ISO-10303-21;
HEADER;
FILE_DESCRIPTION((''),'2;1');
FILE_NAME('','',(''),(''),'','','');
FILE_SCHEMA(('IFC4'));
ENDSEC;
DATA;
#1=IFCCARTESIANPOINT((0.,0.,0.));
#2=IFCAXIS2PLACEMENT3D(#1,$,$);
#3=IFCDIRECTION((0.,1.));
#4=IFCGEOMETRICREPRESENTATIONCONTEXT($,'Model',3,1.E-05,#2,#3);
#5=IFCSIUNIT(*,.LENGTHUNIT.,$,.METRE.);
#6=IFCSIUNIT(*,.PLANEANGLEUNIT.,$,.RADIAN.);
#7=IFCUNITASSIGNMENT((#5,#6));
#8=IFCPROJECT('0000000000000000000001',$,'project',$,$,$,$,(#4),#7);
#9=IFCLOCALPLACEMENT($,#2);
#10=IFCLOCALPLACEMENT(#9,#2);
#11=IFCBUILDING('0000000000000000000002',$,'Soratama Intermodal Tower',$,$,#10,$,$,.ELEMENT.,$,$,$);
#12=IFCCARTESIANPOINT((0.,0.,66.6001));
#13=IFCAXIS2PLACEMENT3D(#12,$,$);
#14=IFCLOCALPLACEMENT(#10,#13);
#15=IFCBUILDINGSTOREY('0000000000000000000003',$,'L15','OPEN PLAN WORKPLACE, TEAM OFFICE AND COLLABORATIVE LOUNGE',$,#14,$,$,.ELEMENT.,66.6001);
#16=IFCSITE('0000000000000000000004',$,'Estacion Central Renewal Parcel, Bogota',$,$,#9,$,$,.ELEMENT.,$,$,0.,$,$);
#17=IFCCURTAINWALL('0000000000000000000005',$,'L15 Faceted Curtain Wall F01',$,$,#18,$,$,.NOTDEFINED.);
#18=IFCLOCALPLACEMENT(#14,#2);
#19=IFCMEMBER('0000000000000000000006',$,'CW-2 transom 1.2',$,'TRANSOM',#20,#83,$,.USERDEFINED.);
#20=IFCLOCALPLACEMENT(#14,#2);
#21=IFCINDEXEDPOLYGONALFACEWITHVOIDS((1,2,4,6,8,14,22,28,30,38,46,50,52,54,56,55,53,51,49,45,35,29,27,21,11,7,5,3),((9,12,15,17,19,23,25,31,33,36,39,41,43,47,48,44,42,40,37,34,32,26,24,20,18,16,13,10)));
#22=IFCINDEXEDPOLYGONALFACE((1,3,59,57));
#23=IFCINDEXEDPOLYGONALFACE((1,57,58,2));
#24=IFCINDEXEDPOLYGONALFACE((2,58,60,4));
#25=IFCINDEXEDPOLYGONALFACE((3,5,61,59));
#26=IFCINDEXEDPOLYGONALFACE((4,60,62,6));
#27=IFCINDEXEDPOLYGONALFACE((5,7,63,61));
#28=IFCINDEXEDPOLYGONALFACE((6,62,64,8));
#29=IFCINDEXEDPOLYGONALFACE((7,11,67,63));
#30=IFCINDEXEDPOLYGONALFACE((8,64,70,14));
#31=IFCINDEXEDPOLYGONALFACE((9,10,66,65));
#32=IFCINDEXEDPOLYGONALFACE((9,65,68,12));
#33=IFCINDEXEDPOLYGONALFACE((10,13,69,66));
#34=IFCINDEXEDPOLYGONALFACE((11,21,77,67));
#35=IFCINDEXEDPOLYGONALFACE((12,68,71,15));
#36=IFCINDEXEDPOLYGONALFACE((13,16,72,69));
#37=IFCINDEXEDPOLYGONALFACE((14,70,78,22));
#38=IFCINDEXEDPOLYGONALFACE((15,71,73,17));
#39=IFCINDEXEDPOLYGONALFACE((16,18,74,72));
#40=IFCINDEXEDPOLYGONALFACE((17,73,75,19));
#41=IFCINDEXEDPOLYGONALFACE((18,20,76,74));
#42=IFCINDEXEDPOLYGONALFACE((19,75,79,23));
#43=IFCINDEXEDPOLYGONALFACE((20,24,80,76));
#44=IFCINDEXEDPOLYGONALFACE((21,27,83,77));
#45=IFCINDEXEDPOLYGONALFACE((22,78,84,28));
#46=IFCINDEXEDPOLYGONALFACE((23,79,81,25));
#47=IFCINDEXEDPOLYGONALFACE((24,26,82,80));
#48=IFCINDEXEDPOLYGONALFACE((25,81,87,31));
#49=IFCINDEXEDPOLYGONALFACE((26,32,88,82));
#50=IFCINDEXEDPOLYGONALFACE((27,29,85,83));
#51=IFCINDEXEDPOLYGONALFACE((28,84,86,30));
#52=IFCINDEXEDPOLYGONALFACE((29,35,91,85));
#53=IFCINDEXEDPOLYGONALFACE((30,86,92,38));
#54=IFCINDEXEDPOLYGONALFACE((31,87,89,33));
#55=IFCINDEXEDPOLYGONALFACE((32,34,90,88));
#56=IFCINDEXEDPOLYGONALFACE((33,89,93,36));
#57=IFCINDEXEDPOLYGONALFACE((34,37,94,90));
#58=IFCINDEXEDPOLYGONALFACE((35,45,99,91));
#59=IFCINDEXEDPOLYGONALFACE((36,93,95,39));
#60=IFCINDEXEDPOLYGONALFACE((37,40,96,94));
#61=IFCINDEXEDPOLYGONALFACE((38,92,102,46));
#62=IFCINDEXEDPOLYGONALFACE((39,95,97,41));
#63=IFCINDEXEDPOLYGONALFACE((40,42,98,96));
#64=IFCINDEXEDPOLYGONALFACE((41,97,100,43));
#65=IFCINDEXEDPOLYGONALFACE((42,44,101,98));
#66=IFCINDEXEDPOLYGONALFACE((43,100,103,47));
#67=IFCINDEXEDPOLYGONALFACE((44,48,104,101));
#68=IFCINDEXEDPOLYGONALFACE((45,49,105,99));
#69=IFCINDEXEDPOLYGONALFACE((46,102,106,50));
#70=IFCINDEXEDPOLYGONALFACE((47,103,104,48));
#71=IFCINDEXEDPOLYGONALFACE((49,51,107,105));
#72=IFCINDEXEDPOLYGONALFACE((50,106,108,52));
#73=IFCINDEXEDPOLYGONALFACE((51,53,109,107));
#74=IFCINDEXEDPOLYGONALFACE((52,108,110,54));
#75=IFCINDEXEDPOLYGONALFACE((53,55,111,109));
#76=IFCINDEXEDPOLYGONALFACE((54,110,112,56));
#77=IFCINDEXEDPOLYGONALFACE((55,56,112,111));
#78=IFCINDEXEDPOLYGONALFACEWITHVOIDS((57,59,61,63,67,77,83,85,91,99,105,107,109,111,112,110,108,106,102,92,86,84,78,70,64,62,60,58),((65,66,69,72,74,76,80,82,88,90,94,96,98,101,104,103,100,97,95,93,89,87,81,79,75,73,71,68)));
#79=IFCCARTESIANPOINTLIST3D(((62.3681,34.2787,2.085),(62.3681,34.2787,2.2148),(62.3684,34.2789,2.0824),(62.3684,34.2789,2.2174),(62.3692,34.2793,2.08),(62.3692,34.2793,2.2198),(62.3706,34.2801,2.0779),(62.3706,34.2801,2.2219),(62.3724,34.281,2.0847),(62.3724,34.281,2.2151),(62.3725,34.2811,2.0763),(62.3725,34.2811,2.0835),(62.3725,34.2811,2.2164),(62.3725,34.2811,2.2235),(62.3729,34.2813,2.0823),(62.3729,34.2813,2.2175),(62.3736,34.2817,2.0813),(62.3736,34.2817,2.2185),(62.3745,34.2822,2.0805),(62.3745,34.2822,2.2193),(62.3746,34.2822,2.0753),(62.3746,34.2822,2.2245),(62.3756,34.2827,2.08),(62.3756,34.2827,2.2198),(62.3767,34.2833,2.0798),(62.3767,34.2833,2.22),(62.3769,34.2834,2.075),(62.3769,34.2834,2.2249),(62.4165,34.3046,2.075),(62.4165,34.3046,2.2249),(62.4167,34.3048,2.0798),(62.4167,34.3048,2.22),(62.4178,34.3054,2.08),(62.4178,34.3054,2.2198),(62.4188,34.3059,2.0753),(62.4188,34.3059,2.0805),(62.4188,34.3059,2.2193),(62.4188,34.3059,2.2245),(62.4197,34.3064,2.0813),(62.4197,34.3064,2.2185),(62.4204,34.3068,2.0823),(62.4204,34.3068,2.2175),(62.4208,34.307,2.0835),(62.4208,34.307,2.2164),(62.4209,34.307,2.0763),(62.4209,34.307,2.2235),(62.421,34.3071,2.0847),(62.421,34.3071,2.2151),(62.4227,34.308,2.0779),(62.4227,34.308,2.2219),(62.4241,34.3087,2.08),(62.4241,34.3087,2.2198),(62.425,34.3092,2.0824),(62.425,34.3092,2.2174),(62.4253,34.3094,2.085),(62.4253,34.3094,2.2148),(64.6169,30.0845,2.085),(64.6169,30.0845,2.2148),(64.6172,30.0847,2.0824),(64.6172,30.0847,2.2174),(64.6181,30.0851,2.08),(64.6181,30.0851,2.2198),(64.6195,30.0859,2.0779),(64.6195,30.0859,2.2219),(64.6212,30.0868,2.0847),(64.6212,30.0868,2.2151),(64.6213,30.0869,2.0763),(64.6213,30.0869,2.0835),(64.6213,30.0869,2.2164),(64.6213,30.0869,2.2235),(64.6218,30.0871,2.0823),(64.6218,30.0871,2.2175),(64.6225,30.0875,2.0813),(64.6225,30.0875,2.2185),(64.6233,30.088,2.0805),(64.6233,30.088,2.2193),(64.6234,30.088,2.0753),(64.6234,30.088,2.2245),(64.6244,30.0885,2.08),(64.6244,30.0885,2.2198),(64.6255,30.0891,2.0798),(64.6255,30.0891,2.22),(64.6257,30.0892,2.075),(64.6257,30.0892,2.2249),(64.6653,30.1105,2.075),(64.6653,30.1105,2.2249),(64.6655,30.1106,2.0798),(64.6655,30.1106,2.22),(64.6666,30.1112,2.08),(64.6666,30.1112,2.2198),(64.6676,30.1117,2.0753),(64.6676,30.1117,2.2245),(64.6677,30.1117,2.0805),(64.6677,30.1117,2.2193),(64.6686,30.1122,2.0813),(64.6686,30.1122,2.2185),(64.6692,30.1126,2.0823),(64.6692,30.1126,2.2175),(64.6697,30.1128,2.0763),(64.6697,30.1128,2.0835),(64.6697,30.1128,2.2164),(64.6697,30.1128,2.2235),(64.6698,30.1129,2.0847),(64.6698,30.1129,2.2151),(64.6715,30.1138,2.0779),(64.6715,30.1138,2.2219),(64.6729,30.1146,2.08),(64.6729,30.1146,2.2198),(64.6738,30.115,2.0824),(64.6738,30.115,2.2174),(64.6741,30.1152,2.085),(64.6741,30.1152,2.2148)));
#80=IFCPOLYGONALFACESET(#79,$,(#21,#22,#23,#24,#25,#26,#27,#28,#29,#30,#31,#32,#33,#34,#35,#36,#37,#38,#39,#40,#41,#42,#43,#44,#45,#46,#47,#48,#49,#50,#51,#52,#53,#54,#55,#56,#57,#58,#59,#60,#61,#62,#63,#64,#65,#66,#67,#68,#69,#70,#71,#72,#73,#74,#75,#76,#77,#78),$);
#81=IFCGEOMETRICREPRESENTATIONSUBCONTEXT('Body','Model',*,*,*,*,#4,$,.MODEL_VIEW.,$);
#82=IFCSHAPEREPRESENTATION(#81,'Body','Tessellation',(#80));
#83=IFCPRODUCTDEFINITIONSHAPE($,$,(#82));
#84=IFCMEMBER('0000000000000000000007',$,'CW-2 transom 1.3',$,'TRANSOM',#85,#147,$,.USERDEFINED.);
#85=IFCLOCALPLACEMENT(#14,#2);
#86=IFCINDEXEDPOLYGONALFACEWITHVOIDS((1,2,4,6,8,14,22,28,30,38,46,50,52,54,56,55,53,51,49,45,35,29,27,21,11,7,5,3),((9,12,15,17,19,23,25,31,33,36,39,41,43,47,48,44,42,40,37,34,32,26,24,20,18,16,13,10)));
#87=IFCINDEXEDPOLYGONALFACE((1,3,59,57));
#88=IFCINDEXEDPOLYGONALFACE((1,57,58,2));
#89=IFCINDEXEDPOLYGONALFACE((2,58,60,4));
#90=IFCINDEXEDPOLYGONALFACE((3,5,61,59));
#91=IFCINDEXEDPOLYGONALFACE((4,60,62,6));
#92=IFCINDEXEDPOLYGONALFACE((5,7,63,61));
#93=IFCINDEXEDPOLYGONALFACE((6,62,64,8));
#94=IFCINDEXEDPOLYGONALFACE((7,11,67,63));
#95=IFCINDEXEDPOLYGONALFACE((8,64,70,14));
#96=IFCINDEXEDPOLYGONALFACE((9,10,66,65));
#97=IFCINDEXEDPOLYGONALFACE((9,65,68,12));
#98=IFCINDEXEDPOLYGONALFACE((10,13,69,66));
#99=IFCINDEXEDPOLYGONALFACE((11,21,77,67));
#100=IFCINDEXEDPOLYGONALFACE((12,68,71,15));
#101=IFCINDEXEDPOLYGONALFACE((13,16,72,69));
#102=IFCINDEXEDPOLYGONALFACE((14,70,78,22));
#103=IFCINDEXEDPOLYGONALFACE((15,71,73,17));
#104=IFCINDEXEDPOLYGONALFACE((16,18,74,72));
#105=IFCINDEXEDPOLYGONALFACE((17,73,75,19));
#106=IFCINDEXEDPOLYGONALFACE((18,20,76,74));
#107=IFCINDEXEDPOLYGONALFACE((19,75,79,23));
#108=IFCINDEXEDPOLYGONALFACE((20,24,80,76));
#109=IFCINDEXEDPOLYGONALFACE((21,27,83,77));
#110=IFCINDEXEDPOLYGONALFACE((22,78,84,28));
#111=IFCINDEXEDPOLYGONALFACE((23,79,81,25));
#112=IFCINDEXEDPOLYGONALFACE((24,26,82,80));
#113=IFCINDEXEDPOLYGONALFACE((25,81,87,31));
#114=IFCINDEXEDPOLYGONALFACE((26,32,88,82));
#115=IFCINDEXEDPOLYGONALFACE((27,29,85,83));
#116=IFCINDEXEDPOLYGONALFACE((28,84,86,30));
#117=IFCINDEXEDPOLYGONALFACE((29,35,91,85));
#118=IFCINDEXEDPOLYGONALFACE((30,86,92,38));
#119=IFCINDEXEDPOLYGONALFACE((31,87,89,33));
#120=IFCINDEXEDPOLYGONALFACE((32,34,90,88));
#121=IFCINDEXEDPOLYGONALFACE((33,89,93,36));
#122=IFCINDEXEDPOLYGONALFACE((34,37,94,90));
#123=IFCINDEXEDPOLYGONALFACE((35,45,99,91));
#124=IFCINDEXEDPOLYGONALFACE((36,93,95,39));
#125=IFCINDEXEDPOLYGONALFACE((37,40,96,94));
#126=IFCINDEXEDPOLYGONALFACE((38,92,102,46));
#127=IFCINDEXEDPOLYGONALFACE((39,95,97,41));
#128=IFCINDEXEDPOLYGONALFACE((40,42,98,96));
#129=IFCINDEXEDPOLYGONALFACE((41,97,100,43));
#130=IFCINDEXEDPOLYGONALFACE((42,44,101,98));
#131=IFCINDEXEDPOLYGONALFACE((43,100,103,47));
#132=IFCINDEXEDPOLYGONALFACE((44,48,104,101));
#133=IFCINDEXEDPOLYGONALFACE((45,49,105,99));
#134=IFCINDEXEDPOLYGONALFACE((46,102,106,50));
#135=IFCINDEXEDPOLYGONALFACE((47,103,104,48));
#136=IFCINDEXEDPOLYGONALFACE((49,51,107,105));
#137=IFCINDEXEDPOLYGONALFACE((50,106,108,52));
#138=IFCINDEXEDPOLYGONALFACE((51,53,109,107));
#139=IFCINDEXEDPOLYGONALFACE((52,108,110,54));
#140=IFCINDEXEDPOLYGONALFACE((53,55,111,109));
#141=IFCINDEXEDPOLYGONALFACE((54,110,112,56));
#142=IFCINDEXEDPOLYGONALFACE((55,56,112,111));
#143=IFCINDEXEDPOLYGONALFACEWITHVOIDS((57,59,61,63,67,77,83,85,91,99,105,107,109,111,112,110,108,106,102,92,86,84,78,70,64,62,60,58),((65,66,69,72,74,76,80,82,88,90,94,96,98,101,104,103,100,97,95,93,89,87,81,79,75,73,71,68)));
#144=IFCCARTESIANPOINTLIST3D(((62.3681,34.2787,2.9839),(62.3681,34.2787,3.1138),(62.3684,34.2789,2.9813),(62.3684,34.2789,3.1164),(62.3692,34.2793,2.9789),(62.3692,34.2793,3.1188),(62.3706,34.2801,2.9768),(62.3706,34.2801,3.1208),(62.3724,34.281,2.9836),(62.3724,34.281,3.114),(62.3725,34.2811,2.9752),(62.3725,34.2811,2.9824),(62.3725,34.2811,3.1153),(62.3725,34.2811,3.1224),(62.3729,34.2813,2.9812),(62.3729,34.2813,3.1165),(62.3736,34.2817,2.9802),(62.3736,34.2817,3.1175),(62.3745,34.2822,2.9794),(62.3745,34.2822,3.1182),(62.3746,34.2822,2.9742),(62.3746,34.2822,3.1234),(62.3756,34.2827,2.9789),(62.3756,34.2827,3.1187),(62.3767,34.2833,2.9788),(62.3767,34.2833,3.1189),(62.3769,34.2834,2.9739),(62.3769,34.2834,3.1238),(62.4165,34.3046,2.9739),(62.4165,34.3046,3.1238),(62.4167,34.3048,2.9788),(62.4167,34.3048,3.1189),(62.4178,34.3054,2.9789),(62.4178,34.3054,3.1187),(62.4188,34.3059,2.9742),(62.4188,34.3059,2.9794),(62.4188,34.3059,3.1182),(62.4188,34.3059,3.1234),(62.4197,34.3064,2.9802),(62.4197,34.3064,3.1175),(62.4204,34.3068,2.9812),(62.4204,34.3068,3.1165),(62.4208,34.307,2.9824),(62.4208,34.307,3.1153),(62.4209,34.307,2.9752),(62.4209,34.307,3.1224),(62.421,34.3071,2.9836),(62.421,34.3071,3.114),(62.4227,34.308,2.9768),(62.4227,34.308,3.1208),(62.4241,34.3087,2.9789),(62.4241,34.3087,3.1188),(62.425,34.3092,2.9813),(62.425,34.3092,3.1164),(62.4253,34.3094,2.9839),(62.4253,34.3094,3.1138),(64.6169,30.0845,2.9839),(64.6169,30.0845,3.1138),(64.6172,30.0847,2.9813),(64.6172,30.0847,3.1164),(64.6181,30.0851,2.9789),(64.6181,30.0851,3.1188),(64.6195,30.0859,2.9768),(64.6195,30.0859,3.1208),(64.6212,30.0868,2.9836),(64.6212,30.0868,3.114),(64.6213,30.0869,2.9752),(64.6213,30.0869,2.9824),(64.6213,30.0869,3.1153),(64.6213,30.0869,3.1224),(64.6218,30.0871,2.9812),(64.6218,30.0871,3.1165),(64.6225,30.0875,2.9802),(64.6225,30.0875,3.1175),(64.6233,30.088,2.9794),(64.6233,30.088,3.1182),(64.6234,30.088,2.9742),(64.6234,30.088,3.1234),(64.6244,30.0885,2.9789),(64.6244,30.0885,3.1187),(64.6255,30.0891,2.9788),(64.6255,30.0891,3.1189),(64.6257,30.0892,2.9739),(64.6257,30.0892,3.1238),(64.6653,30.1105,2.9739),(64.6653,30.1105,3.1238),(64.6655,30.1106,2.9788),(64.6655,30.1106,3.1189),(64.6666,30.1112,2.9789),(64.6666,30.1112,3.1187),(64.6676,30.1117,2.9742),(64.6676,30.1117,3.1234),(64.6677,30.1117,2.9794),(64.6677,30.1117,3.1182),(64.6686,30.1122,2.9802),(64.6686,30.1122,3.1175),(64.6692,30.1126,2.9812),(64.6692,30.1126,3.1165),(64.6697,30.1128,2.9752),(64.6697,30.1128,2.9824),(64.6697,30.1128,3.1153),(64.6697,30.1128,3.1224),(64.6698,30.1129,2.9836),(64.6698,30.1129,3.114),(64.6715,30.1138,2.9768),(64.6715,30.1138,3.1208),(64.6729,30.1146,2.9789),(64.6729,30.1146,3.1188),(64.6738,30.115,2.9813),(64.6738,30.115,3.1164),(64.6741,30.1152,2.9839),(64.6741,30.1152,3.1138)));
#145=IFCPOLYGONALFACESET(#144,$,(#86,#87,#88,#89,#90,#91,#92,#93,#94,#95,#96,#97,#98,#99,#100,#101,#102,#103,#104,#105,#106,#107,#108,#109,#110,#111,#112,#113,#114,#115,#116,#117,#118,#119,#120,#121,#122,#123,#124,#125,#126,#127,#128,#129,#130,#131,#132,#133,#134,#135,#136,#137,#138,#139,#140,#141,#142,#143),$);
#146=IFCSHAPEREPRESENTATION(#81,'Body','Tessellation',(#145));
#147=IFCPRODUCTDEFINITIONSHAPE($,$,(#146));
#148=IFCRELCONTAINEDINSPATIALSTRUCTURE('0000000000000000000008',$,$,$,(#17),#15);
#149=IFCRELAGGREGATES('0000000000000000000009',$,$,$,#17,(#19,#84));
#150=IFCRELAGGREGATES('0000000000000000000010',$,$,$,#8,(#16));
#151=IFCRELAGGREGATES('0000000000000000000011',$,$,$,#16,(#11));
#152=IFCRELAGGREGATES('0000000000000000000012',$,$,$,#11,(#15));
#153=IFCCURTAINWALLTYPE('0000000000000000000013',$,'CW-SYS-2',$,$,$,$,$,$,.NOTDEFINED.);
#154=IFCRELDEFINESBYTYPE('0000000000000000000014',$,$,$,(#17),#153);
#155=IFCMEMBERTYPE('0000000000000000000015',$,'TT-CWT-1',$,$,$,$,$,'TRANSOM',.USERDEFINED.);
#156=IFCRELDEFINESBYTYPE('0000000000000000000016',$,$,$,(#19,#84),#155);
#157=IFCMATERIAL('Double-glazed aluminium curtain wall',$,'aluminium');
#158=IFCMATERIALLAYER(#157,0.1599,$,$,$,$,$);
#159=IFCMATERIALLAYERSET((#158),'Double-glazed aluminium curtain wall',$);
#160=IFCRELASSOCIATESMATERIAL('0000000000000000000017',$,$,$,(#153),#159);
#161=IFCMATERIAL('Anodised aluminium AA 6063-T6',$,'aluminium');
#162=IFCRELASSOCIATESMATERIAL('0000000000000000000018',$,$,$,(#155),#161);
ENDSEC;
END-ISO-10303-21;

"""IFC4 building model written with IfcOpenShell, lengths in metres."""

from ifc_helpers import new_model, si_unit, direction, frame, origin, origin_2d, place, context, subcontext, project, spatial, hollow_rectangle, extrude, material, layer, layer_set, material_profile, profile_set, type_object, element, aggregate, save


model = new_model("IFC4")

# Units and contexts
model_context = context("Model", 3, precision=1e-05, world=origin(), true_north=direction((0.0, 1.0)))
body_context = subcontext(model_context, "Body", "Model", "MODEL_VIEW")
ifc_project = project(units=[si_unit("LENGTHUNIT", "METRE"), si_unit("PLANEANGLEUNIT", "RADIAN")], contexts=[model_context])

# Site, building, storey
site_placement = place(None, origin())
site = spatial("IfcSite", under=ifc_project, at=site_placement, Name="Estacion Central Renewal Parcel, Bogota", CompositionType="ELEMENT", RefElevation=0.0)
building_placement = place(site_placement, origin())
building = spatial("IfcBuilding", under=site, at=building_placement, Name="Soratama Intermodal Tower", CompositionType="ELEMENT")
storey_placement = place(building_placement, frame((0.0, 0.0, 66.6001)))
storey = spatial("IfcBuildingStorey", under=building, at=storey_placement, Name="L15", Description="OPEN PLAN WORKPLACE, TEAM OFFICE AND COLLABORATIVE LOUNGE", CompositionType="ELEMENT", Elevation=66.6001)

# Curtain wall, members
ifc_material_1 = material(Name="Double-glazed aluminium curtain wall", Category="aluminium")
ifc_layer_1 = layer(ifc_material_1, 0.1599)
ifc_layer_set_1 = layer_set([ifc_layer_1], Name="Double-glazed aluminium curtain wall")
curtain_wall_type = type_object("IfcCurtainWallType", Name="CW-SYS-2", PredefinedType="NOTDEFINED", material=ifc_layer_set_1)
curtain_wall_placement = place(storey_placement, origin())
curtain_wall = element("IfcCurtainWall", 1, at=curtain_wall_placement, inside=storey, type_object=curtain_wall_type, Name="L15 Faceted Curtain Wall F01", PredefinedType="NOTDEFINED")
ifc_material_2 = material(Name="Anodised aluminium AA 6063-T6", Category="aluminium")
ifc_material_profile_1 = material_profile(ifc_material_2, hollow_rectangle(XDim=0.0649, YDim=0.1499, WallThickness=0.0049, InnerFilletRadius=0.0049, OuterFilletRadius=0.01, at=origin_2d()), Name="CWT150X65X5")
ifc_profile_set_1 = profile_set([ifc_material_profile_1], Name="Anodised aluminium AA 6063-T6")
member_type_1 = type_object("IfcMemberType", Name="TT-CWT-1", ElementType="TRANSOM", PredefinedType="USERDEFINED", material=ifc_profile_set_1)
member_1_placement = place(storey_placement, frame((64.6455, 30.0999, 2.1499), z_axis=(-0.472539, 0.88131, 0.0), x_axis=(-0.88131, -0.472539, 0.0)))
member_1 = element("IfcMember", 2, at=member_1_placement, type_object=member_type_1, Name="CW-2 transom 1.2", ObjectType="TRANSOM", PredefinedType="USERDEFINED", context=body_context, shape_type="SweptSolid", body=[
    extrude(hollow_rectangle(XDim=0.0649, YDim=0.1499, WallThickness=0.0049, InnerFilletRadius=0.0049, OuterFilletRadius=0.01, at=origin_2d()), origin(), (0.0, 0.0, 1.0), 4.759),
])
member_2_placement = place(storey_placement, frame((64.6455, 30.0999, 3.0488), z_axis=(-0.472539, 0.88131, 0.0), x_axis=(-0.88131, -0.472539, 0.0)))
member_2 = element("IfcMember", 3, at=member_2_placement, type_object=member_type_1, Name="CW-2 transom 1.3", ObjectType="TRANSOM", PredefinedType="USERDEFINED", context=body_context, shape_type="SweptSolid", body=[
    extrude(hollow_rectangle(XDim=0.0649, YDim=0.1499, WallThickness=0.0049, InnerFilletRadius=0.0049, OuterFilletRadius=0.01, at=origin_2d()), origin(), (0.0, 0.0, 1.0), 4.759),
])
aggregate(curtain_wall, [member_1, member_2])

save(model, "model.ifc")
